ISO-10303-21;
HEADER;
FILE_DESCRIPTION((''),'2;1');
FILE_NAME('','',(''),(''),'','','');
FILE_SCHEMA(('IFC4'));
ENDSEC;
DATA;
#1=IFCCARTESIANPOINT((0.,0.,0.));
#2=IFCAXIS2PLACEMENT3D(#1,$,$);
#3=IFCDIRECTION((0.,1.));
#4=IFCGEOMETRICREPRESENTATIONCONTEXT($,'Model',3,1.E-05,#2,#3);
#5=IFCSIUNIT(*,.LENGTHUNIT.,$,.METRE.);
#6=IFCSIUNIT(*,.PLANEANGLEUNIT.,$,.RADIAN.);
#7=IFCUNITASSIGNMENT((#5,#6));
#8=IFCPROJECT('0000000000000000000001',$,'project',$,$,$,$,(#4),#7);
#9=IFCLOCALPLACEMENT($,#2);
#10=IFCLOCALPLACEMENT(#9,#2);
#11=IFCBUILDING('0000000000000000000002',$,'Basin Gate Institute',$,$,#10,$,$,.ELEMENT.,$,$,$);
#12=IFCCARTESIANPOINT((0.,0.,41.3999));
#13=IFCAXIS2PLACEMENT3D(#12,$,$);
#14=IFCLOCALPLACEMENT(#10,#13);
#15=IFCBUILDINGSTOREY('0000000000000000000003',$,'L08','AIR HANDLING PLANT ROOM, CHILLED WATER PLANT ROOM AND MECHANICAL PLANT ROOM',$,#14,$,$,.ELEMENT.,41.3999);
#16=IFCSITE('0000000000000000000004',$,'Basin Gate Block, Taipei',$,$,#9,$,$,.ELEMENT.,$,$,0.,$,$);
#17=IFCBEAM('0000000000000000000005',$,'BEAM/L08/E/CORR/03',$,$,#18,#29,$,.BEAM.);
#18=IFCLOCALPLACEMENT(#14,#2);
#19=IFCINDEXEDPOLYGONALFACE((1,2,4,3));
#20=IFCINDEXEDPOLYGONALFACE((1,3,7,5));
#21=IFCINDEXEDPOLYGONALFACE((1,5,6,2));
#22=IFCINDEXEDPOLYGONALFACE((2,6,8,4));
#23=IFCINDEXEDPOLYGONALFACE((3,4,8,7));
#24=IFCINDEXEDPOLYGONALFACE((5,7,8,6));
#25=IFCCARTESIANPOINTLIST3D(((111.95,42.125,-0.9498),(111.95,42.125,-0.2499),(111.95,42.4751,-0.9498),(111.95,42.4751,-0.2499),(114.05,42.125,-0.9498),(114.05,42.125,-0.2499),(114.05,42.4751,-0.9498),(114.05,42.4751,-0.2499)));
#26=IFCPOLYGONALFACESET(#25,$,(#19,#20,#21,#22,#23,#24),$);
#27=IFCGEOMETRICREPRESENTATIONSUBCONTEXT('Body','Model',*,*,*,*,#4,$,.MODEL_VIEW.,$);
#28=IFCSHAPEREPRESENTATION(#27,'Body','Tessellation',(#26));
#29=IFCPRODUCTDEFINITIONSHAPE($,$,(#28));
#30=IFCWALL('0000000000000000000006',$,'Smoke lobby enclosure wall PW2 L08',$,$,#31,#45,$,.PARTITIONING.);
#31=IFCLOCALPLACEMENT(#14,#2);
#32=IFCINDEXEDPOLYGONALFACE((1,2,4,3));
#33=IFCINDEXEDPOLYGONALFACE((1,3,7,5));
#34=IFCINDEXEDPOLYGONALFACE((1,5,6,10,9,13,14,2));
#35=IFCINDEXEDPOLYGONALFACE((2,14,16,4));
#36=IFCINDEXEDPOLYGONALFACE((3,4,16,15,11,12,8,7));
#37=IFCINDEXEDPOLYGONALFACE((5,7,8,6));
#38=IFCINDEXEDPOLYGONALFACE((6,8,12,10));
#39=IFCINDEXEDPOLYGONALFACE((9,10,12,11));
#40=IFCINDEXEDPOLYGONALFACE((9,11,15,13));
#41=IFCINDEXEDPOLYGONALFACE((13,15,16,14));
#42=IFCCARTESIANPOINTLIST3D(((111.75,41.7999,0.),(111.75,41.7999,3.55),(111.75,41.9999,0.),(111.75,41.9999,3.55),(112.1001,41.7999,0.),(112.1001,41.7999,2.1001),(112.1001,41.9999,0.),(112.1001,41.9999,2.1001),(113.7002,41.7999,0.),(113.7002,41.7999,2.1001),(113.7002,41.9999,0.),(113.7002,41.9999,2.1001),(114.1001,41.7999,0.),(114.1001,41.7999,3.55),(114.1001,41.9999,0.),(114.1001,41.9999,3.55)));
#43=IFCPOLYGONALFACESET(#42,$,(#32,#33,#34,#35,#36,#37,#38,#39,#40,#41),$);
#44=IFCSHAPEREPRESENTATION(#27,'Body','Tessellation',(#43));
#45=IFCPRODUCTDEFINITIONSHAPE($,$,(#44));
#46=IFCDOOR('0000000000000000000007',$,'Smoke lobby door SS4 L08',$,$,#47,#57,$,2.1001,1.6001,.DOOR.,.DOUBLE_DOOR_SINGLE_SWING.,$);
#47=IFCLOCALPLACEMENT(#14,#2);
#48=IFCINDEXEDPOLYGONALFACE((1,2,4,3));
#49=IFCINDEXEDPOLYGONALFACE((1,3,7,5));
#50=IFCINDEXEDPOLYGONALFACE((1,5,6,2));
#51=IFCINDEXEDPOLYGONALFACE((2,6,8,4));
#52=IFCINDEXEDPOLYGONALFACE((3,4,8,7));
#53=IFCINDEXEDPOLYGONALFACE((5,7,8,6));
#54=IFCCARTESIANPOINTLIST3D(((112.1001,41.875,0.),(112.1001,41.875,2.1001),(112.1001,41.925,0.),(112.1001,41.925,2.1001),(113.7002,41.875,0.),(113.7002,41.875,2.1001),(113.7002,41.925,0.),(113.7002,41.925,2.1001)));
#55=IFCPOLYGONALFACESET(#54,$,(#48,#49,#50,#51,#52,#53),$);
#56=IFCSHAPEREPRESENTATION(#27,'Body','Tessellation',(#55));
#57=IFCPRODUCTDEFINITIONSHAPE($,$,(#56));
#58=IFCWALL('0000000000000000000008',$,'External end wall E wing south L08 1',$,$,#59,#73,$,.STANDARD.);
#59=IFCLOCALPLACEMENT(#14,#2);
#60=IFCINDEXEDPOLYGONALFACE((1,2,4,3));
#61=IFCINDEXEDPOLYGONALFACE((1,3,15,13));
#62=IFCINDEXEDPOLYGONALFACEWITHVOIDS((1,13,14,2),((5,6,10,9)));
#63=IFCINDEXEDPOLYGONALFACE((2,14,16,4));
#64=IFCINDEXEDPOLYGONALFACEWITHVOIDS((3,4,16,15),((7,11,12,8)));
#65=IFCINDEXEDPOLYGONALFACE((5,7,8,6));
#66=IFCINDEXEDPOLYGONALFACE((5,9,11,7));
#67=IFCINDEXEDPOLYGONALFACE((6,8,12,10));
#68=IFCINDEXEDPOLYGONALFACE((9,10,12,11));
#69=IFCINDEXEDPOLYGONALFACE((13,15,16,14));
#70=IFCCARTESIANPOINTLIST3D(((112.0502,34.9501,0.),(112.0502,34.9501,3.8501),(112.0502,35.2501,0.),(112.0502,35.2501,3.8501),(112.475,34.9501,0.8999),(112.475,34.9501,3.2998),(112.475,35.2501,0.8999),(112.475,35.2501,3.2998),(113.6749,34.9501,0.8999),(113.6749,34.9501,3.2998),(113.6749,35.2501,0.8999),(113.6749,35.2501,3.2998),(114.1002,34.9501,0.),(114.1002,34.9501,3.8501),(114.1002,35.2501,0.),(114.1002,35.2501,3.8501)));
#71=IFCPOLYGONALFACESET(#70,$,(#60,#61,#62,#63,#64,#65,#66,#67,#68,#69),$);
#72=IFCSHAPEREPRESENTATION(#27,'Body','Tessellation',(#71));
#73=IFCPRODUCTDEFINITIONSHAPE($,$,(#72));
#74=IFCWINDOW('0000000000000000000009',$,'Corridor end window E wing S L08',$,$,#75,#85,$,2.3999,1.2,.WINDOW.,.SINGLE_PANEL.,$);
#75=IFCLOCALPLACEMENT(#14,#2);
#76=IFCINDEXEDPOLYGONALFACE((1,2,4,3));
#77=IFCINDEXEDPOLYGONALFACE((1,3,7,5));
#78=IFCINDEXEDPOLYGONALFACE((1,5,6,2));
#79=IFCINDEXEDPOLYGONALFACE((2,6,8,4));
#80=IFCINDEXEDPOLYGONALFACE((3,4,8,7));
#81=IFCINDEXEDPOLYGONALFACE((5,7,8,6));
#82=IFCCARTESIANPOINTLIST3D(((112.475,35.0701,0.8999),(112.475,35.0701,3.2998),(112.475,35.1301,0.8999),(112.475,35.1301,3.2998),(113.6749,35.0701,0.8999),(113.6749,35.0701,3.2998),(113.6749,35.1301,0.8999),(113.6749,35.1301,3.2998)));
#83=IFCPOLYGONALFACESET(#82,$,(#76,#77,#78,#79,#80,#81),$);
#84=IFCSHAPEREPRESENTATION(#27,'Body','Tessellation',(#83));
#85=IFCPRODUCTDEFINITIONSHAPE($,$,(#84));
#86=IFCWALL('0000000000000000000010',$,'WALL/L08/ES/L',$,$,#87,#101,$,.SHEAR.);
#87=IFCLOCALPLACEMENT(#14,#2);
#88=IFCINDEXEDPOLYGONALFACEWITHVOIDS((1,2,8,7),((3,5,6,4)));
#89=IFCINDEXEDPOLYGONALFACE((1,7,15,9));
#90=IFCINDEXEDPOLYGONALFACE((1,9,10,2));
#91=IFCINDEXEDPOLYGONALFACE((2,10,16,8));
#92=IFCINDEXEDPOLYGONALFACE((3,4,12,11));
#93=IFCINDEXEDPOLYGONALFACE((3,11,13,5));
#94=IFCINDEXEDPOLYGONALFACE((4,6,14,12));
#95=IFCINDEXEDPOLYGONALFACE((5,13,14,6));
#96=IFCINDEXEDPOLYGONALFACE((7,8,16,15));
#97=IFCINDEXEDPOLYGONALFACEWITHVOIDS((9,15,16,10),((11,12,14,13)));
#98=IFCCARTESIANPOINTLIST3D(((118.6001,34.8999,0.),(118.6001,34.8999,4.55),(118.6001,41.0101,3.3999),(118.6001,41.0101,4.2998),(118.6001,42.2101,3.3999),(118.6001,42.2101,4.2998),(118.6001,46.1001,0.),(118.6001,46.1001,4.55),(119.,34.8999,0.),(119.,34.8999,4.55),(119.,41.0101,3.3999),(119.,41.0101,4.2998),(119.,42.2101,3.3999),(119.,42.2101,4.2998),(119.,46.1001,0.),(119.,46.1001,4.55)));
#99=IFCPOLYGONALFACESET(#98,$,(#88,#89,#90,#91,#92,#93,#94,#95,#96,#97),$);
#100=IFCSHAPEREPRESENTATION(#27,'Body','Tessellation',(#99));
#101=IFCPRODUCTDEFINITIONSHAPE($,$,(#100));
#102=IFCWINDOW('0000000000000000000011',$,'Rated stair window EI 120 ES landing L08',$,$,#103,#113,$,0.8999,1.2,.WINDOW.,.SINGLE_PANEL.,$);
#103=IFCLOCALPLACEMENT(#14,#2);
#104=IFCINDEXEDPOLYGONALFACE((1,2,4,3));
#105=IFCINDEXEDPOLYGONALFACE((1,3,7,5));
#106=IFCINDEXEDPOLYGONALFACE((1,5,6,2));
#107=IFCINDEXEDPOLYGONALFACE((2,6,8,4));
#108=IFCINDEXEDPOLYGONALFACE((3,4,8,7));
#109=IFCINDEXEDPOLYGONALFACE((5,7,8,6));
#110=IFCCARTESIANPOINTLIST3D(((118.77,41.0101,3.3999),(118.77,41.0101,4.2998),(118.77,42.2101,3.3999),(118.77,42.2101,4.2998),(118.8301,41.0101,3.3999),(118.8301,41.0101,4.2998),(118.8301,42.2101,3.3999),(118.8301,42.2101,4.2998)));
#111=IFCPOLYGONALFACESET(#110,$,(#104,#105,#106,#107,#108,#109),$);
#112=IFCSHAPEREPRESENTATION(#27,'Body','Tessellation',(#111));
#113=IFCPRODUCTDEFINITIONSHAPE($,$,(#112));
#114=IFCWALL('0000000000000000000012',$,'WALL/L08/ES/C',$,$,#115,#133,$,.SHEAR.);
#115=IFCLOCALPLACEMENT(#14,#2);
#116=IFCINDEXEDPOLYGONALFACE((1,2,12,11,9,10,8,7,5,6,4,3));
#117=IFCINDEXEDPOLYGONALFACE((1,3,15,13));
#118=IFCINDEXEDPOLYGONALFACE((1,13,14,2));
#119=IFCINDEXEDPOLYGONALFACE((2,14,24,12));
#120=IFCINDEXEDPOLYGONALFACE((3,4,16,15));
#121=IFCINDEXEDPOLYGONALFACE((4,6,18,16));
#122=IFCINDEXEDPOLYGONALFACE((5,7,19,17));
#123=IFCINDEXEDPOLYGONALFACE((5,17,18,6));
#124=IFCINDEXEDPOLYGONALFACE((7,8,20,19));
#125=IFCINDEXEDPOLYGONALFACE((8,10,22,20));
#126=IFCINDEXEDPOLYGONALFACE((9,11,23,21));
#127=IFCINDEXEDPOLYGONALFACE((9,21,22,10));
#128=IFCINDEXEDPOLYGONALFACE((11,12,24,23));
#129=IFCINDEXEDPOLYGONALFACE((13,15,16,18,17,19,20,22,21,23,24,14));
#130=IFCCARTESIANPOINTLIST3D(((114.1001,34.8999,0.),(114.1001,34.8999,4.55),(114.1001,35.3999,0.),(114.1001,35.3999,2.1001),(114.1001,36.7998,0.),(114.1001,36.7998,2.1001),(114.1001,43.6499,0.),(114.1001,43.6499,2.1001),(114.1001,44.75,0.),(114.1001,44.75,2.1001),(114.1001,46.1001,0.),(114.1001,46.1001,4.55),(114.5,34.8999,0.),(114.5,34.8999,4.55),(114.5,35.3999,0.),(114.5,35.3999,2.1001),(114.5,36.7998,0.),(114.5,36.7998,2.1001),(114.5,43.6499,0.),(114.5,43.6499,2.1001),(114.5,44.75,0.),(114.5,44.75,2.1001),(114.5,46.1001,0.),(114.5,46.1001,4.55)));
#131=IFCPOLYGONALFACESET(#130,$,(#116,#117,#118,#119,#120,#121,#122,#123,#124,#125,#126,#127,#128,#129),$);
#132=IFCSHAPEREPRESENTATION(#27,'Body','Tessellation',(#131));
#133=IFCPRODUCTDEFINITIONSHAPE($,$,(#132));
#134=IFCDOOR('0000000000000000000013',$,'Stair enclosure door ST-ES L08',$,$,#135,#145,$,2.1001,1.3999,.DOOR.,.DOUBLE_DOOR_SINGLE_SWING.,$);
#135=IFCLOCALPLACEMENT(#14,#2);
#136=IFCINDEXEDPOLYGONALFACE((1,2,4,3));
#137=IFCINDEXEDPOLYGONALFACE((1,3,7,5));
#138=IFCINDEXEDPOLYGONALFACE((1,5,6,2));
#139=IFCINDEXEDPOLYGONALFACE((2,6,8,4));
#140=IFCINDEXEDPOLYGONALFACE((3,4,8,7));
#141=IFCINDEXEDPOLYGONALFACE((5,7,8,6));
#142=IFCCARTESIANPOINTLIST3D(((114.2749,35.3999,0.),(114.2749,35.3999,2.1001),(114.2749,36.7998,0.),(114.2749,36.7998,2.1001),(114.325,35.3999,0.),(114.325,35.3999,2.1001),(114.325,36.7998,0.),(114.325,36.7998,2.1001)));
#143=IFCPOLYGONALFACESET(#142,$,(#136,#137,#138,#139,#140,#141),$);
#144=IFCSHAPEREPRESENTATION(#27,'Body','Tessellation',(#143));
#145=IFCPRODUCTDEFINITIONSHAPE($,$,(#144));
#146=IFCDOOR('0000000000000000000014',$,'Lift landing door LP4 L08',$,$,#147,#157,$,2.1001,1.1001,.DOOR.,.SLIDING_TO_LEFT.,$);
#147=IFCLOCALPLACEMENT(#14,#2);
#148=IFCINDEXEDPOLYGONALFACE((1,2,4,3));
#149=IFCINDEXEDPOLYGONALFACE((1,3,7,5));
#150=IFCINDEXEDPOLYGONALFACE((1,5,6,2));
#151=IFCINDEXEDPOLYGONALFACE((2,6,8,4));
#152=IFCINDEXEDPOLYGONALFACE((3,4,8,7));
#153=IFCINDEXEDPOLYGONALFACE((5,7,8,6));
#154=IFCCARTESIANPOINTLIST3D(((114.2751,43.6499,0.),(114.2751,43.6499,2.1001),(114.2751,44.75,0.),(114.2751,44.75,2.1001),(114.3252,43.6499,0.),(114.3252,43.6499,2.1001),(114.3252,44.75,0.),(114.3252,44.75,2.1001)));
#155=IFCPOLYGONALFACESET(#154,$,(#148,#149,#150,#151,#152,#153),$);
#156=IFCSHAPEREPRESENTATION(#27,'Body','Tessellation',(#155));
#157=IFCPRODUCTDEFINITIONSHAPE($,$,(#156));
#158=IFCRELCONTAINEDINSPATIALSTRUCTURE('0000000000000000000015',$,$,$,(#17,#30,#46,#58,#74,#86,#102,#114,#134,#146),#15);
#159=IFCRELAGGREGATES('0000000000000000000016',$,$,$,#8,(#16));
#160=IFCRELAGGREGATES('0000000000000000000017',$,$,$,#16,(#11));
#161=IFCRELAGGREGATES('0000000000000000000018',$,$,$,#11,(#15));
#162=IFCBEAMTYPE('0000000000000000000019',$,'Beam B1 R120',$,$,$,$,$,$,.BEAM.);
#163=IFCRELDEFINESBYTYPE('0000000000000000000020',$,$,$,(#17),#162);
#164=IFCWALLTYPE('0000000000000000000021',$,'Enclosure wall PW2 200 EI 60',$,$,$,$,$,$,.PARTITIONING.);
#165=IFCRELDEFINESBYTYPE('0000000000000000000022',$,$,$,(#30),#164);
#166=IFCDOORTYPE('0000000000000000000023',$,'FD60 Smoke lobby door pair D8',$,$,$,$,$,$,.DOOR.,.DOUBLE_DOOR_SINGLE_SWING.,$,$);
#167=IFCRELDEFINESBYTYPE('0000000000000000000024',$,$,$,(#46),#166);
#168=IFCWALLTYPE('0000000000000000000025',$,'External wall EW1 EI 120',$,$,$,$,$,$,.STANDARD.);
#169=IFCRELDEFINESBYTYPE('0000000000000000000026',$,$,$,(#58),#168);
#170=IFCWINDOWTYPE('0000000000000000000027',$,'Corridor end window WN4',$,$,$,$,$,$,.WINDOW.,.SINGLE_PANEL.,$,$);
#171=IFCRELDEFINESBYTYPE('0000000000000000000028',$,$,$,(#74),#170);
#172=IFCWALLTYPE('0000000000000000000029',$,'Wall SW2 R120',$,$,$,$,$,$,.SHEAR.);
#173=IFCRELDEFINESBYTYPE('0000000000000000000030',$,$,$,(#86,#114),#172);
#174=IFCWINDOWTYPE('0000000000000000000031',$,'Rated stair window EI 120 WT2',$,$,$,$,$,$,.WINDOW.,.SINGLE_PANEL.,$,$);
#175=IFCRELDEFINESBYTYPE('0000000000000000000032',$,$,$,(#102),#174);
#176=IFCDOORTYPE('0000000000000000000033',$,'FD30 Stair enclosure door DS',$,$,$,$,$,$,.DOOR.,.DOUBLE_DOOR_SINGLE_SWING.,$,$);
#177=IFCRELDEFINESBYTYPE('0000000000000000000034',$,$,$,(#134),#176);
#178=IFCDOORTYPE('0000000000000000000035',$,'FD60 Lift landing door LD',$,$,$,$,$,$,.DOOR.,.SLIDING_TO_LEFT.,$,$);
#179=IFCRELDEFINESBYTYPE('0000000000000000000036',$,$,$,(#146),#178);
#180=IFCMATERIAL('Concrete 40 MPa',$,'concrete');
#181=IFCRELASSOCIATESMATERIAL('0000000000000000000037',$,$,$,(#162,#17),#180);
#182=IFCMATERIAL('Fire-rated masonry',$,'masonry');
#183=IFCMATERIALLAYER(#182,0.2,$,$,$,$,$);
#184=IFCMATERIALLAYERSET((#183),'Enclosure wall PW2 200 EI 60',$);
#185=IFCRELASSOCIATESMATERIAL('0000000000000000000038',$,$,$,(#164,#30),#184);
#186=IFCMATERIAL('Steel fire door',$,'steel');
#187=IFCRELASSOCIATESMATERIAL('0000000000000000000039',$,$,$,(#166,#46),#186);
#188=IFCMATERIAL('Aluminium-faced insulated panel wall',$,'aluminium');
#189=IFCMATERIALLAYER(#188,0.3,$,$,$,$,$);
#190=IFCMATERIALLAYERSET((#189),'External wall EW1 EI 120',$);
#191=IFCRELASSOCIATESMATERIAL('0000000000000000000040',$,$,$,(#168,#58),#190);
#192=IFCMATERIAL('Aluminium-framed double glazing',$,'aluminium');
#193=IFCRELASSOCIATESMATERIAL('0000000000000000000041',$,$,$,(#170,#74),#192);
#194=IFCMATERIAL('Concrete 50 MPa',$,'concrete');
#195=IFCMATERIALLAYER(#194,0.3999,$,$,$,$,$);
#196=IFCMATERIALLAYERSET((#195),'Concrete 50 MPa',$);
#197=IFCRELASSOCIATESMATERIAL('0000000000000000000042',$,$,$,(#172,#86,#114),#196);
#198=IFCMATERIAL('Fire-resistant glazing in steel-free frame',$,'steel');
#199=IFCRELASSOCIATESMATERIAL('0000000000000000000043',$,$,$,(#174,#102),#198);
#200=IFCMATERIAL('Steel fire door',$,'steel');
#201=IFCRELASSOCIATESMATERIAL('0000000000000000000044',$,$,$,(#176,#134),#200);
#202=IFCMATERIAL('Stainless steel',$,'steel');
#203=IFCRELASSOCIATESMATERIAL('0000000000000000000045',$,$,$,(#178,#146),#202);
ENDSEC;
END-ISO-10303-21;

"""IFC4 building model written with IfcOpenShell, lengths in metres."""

from ifc_helpers import new_model, si_unit, direction, frame, frame_2d, origin, origin_2d, place, context, subcontext, project, spatial, rectangle, extrude, material, layer, layer_set, material_profile, profile_set, type_object, element, fill, save


model = new_model("IFC4")

# Units and contexts
model_context = context("Model", 3, precision=1e-05, world=origin(), true_north=direction((0.0, 1.0)))
body_context = subcontext(model_context, "Body", "Model", "MODEL_VIEW")
ifc_project = project(units=[si_unit("LENGTHUNIT", "METRE"), si_unit("PLANEANGLEUNIT", "RADIAN")], contexts=[model_context])

# Site, building, storey
site_placement = place(None, origin())
site = spatial("IfcSite", under=ifc_project, at=site_placement, Name="Basin Gate Block, Taipei", CompositionType="ELEMENT", RefElevation=0.0)
building_placement = place(site_placement, origin())
building = spatial("IfcBuilding", under=site, at=building_placement, Name="Basin Gate Institute", CompositionType="ELEMENT")
storey_placement = place(building_placement, frame((0.0, 0.0, 41.3999)))
storey = spatial("IfcBuildingStorey", under=building, at=storey_placement, Name="L08", Description="AIR HANDLING PLANT ROOM, CHILLED WATER PLANT ROOM AND MECHANICAL PLANT ROOM", CompositionType="ELEMENT", Elevation=41.3999)

# Beam
ifc_material_1 = material(Name="Concrete 40 MPa", Category="concrete")
ifc_material_profile = material_profile(ifc_material_1, rectangle(XDim=0.3501, YDim=0.7, at=origin_2d()), Name="Beam B1 350 x 700")
ifc_profile_set = profile_set([ifc_material_profile], Name="Concrete 40 MPa")
beam_type = type_object("IfcBeamType", Name="Beam B1 R120", PredefinedType="BEAM", material=ifc_profile_set)
beam_placement = place(storey_placement, frame((114.05, 42.3, -0.5999), z_axis=(-1.0, 0.0, 0.0), x_axis=(0.0, -1.0, 0.0)))
element("IfcBeam", 1, at=beam_placement, inside=storey, type_object=beam_type, material=ifc_profile_set, Name="BEAM/L08/E/CORR/03", PredefinedType="BEAM", context=body_context, shape_type="SweptSolid", body=[
    extrude(rectangle(XDim=0.3501, YDim=0.7, at=origin_2d()), origin(), (0.0, 0.0, 1.0), 2.1001),
])

# Wall, opening, door
ifc_material_2 = material(Name="Fire-rated masonry", Category="masonry")
ifc_layer_1 = layer(ifc_material_2, 0.2)
ifc_layer_set_1 = layer_set([ifc_layer_1], Name="Enclosure wall PW2 200 EI 60")
wall_type_1 = type_object("IfcWallType", Name="Enclosure wall PW2 200 EI 60", PredefinedType="PARTITIONING", material=ifc_layer_set_1)
wall_1_placement = place(storey_placement, frame((114.1001, 41.8999, 0.0), z_axis=(0.0, 0.0, 1.0), x_axis=(-1.0, 0.0, 0.0)))
wall_1 = element("IfcWall", 2, at=wall_1_placement, inside=storey, type_object=wall_type_1, material=ifc_layer_set_1, Name="Smoke lobby enclosure wall PW2 L08", PredefinedType="PARTITIONING", context=body_context, shape_type="SweptSolid", body=[
    extrude(rectangle(XDim=2.3501, YDim=0.2, at=frame_2d((1.175, 0.0))), origin(), (0.0, 0.0, 1.0), 3.55),
])
opening_1_placement = place(wall_1_placement, frame((0.3999, 0.0, 0.0)))
opening_1 = element("IfcOpeningElement", 3, at=opening_1_placement, cuts=wall_1, PredefinedType="OPENING", context=body_context, shape_type="SweptSolid", body=[
    extrude(rectangle(XDim=1.6001, YDim=2.1001, at=frame_2d((0.8, 1.05))), frame((0.0, 0.1099, 0.0), z_axis=(0.0, -1.0, 0.0), x_axis=(1.0, 0.0, 0.0)), (0.0, 0.0, 1.0), 0.22),
])
ifc_material_3 = material(Name="Steel fire door", Category="steel")
door_type_1 = type_object("IfcDoorType", Name="FD60 Smoke lobby door pair D8", OperationType="DOUBLE_DOOR_SINGLE_SWING", PredefinedType="DOOR", material=ifc_material_3)
door_1_placement = place(opening_1_placement, origin())
door_1 = element("IfcDoor", 4, at=door_1_placement, inside=storey, type_object=door_type_1, material=ifc_material_3, Name="Smoke lobby door SS4 L08", OperationType="DOUBLE_DOOR_SINGLE_SWING", OverallHeight=2.1001, OverallWidth=1.6001, PredefinedType="DOOR", context=body_context, shape_type="SweptSolid", body=[
    extrude(rectangle(XDim=1.6001, YDim=2.1001, at=frame_2d((0.8, 1.05))), frame((0.0, 0.0249, 0.0), z_axis=(0.0, -1.0, 0.0), x_axis=(1.0, 0.0, 0.0)), (0.0, 0.0, 1.0), 0.05),
])
fill(opening_1, door_1)

# Walls, openings, windows
ifc_material_4 = material(Name="Aluminium-faced insulated panel wall", Category="aluminium")
ifc_layer_2 = layer(ifc_material_4, 0.3)
ifc_layer_set_2 = layer_set([ifc_layer_2], Name="External wall EW1 EI 120")
wall_type_2 = type_object("IfcWallType", Name="External wall EW1 EI 120", PredefinedType="STANDARD", material=ifc_layer_set_2)
wall_2_placement = place(storey_placement, frame((114.1001, 35.1001, 0.0), z_axis=(0.0, 0.0, 1.0), x_axis=(-1.0, 0.0, 0.0)))
wall_2 = element("IfcWall", 5, at=wall_2_placement, inside=storey, type_object=wall_type_2, material=ifc_layer_set_2, Name="External end wall E wing south L08 1", PredefinedType="STANDARD", context=body_context, shape_type="SweptSolid", body=[
    extrude(rectangle(XDim=2.05, YDim=0.3, at=frame_2d((1.0249, 0.0))), origin(), (0.0, 0.0, 1.0), 3.8501),
])
opening_2_placement = place(wall_2_placement, frame((0.425, 0.0, 0.8999)))
opening_2 = element("IfcOpeningElement", 6, at=opening_2_placement, cuts=wall_2, PredefinedType="OPENING", context=body_context, shape_type="SweptSolid", body=[
    extrude(rectangle(XDim=1.2, YDim=2.3999, at=frame_2d((0.6001, 1.2))), frame((0.0, 0.1602, 0.0), z_axis=(0.0, -1.0, 0.0), x_axis=(1.0, 0.0, 0.0)), (0.0, 0.0, 1.0), 0.3201),
])
ifc_material_5 = material(Name="Aluminium-framed double glazing", Category="aluminium")
window_type_1 = type_object("IfcWindowType", Name="Corridor end window WN4", PartitioningType="SINGLE_PANEL", PredefinedType="WINDOW", material=ifc_material_5)
window_1_placement = place(opening_2_placement, origin())
window_1 = element("IfcWindow", 7, at=window_1_placement, inside=storey, type_object=window_type_1, material=ifc_material_5, Name="Corridor end window E wing S L08", OverallHeight=2.3999, OverallWidth=1.2, PartitioningType="SINGLE_PANEL", PredefinedType="WINDOW", context=body_context, shape_type="SweptSolid", body=[
    extrude(rectangle(XDim=1.2, YDim=2.3999, at=frame_2d((0.6001, 1.2))), frame((0.0, 0.03, 0.0), z_axis=(0.0, -1.0, 0.0), x_axis=(1.0, 0.0, 0.0)), (0.0, 0.0, 1.0), 0.0601),
])
fill(opening_2, window_1)
ifc_material_6 = material(Name="Concrete 50 MPa", Category="concrete")
ifc_layer_3 = layer(ifc_material_6, 0.3999)
ifc_layer_set_3 = layer_set([ifc_layer_3], Name="Concrete 50 MPa")
wall_type_3 = type_object("IfcWallType", Name="Wall SW2 R120", PredefinedType="SHEAR", material=ifc_layer_set_3)
wall_3_placement = place(storey_placement, frame((118.8, 34.8999, 0.0), z_axis=(0.0, 0.0, 1.0), x_axis=(0.0, 1.0, 0.0)))
wall_3 = element("IfcWall", 8, at=wall_3_placement, inside=storey, type_object=wall_type_3, material=ifc_layer_set_3, Name="WALL/L08/ES/L", PredefinedType="SHEAR", context=body_context, shape_type="SweptSolid", body=[
    extrude(rectangle(XDim=11.2002, YDim=0.3999, at=frame_2d((5.6001, 0.0))), origin(), (0.0, 0.0, 1.0), 4.55),
])
opening_3_placement = place(wall_3_placement, frame((6.1101, 0.0, 3.3999)))
opening_3 = element("IfcOpeningElement", 9, at=opening_3_placement, cuts=wall_3, PredefinedType="OPENING", context=body_context, shape_type="SweptSolid", body=[
    extrude(rectangle(XDim=1.2, YDim=0.8999, at=frame_2d((0.6001, 0.45))), frame((0.0, 0.21, 0.0), z_axis=(0.0, -1.0, 0.0), x_axis=(1.0, 0.0, 0.0)), (0.0, 0.0, 1.0), 0.4199),
])
ifc_material_7 = material(Name="Fire-resistant glazing in steel-free frame", Category="steel")
window_type_2 = type_object("IfcWindowType", Name="Rated stair window EI 120 WT2", PartitioningType="SINGLE_PANEL", PredefinedType="WINDOW", material=ifc_material_7)
window_2_placement = place(opening_3_placement, origin())
window_2 = element("IfcWindow", 10, at=window_2_placement, inside=storey, type_object=window_type_2, material=ifc_material_7, Name="Rated stair window EI 120 ES landing L08", OverallHeight=0.8999, OverallWidth=1.2, PartitioningType="SINGLE_PANEL", PredefinedType="WINDOW", context=body_context, shape_type="SweptSolid", body=[
    extrude(rectangle(XDim=1.2, YDim=0.8999, at=frame_2d((0.6001, 0.45))), frame((0.0, 0.03, 0.0), z_axis=(0.0, -1.0, 0.0), x_axis=(1.0, 0.0, 0.0)), (0.0, 0.0, 1.0), 0.0601),
])
fill(opening_3, window_2)

# Wall, openings, doors
wall_4_placement = place(storey_placement, frame((114.3, 34.8999, 0.0), z_axis=(0.0, 0.0, 1.0), x_axis=(0.0, 1.0, 0.0)))
wall_4 = element("IfcWall", 11, at=wall_4_placement, inside=storey, type_object=wall_type_3, material=ifc_layer_set_3, Name="WALL/L08/ES/C", PredefinedType="SHEAR", context=body_context, shape_type="SweptSolid", body=[
    extrude(rectangle(XDim=11.2002, YDim=0.3999, at=frame_2d((5.6001, 0.0))), origin(), (0.0, 0.0, 1.0), 4.55),
])
opening_4_placement = place(wall_4_placement, frame((0.5, 0.0, 0.0)))
opening_4 = element("IfcOpeningElement", 12, at=opening_4_placement, cuts=wall_4, PredefinedType="OPENING", context=body_context, shape_type="SweptSolid", body=[
    extrude(rectangle(XDim=1.3999, YDim=2.1001, at=frame_2d((0.7, 1.05))), frame((0.0, 0.21, 0.0), z_axis=(0.0, -1.0, 0.0), x_axis=(1.0, 0.0, 0.0)), (0.0, 0.0, 1.0), 0.4199),
])
opening_5_placement = place(wall_4_placement, frame((8.75, 0.0, 0.0)))
opening_5 = element("IfcOpeningElement", 13, at=opening_5_placement, cuts=wall_4, PredefinedType="OPENING", context=body_context, shape_type="SweptSolid", body=[
    extrude(rectangle(XDim=1.1001, YDim=2.1001, at=frame_2d((0.55, 1.05))), frame((0.0, 0.21, 0.0), z_axis=(0.0, -1.0, 0.0), x_axis=(1.0, 0.0, 0.0)), (0.0, 0.0, 1.0), 0.4199),
])
ifc_material_8 = material(Name="Steel fire door", Category="steel")
door_type_2 = type_object("IfcDoorType", Name="FD30 Stair enclosure door DS", OperationType="DOUBLE_DOOR_SINGLE_SWING", PredefinedType="DOOR", material=ifc_material_8)
door_2_placement = place(opening_4_placement, frame((1.3999, 0.0, 0.0), z_axis=(0.0, 0.0, 1.0), x_axis=(-1.0, 0.0, 0.0)))
door_2 = element("IfcDoor", 14, at=door_2_placement, inside=storey, type_object=door_type_2, material=ifc_material_8, Name="Stair enclosure door ST-ES L08", OperationType="DOUBLE_DOOR_SINGLE_SWING", OverallHeight=2.1001, OverallWidth=1.3999, PredefinedType="DOOR", context=body_context, shape_type="SweptSolid", body=[
    extrude(rectangle(XDim=1.3999, YDim=2.1001, at=frame_2d((0.7, 1.05))), frame((0.0, 0.0249, 0.0), z_axis=(0.0, -1.0, 0.0), x_axis=(1.0, 0.0, 0.0)), (0.0, 0.0, 1.0), 0.05),
])
fill(opening_4, door_2)
ifc_material_9 = material(Name="Stainless steel", Category="steel")
door_type_3 = type_object("IfcDoorType", Name="FD60 Lift landing door LD", OperationType="SLIDING_TO_LEFT", PredefinedType="DOOR", material=ifc_material_9)
door_3_placement = place(opening_5_placement, origin())
door_3 = element("IfcDoor", 15, at=door_3_placement, inside=storey, type_object=door_type_3, material=ifc_material_9, Name="Lift landing door LP4 L08", OperationType="SLIDING_TO_LEFT", OverallHeight=2.1001, OverallWidth=1.1001, PredefinedType="DOOR", context=body_context, shape_type="SweptSolid", body=[
    extrude(rectangle(XDim=1.1001, YDim=2.1001, at=frame_2d((0.55, 1.05))), frame((0.0, 0.0249, 0.0), z_axis=(0.0, -1.0, 0.0), x_axis=(1.0, 0.0, 0.0)), (0.0, 0.0, 1.0), 0.05),
])
fill(opening_5, door_3)

save(model, "model.ifc")
